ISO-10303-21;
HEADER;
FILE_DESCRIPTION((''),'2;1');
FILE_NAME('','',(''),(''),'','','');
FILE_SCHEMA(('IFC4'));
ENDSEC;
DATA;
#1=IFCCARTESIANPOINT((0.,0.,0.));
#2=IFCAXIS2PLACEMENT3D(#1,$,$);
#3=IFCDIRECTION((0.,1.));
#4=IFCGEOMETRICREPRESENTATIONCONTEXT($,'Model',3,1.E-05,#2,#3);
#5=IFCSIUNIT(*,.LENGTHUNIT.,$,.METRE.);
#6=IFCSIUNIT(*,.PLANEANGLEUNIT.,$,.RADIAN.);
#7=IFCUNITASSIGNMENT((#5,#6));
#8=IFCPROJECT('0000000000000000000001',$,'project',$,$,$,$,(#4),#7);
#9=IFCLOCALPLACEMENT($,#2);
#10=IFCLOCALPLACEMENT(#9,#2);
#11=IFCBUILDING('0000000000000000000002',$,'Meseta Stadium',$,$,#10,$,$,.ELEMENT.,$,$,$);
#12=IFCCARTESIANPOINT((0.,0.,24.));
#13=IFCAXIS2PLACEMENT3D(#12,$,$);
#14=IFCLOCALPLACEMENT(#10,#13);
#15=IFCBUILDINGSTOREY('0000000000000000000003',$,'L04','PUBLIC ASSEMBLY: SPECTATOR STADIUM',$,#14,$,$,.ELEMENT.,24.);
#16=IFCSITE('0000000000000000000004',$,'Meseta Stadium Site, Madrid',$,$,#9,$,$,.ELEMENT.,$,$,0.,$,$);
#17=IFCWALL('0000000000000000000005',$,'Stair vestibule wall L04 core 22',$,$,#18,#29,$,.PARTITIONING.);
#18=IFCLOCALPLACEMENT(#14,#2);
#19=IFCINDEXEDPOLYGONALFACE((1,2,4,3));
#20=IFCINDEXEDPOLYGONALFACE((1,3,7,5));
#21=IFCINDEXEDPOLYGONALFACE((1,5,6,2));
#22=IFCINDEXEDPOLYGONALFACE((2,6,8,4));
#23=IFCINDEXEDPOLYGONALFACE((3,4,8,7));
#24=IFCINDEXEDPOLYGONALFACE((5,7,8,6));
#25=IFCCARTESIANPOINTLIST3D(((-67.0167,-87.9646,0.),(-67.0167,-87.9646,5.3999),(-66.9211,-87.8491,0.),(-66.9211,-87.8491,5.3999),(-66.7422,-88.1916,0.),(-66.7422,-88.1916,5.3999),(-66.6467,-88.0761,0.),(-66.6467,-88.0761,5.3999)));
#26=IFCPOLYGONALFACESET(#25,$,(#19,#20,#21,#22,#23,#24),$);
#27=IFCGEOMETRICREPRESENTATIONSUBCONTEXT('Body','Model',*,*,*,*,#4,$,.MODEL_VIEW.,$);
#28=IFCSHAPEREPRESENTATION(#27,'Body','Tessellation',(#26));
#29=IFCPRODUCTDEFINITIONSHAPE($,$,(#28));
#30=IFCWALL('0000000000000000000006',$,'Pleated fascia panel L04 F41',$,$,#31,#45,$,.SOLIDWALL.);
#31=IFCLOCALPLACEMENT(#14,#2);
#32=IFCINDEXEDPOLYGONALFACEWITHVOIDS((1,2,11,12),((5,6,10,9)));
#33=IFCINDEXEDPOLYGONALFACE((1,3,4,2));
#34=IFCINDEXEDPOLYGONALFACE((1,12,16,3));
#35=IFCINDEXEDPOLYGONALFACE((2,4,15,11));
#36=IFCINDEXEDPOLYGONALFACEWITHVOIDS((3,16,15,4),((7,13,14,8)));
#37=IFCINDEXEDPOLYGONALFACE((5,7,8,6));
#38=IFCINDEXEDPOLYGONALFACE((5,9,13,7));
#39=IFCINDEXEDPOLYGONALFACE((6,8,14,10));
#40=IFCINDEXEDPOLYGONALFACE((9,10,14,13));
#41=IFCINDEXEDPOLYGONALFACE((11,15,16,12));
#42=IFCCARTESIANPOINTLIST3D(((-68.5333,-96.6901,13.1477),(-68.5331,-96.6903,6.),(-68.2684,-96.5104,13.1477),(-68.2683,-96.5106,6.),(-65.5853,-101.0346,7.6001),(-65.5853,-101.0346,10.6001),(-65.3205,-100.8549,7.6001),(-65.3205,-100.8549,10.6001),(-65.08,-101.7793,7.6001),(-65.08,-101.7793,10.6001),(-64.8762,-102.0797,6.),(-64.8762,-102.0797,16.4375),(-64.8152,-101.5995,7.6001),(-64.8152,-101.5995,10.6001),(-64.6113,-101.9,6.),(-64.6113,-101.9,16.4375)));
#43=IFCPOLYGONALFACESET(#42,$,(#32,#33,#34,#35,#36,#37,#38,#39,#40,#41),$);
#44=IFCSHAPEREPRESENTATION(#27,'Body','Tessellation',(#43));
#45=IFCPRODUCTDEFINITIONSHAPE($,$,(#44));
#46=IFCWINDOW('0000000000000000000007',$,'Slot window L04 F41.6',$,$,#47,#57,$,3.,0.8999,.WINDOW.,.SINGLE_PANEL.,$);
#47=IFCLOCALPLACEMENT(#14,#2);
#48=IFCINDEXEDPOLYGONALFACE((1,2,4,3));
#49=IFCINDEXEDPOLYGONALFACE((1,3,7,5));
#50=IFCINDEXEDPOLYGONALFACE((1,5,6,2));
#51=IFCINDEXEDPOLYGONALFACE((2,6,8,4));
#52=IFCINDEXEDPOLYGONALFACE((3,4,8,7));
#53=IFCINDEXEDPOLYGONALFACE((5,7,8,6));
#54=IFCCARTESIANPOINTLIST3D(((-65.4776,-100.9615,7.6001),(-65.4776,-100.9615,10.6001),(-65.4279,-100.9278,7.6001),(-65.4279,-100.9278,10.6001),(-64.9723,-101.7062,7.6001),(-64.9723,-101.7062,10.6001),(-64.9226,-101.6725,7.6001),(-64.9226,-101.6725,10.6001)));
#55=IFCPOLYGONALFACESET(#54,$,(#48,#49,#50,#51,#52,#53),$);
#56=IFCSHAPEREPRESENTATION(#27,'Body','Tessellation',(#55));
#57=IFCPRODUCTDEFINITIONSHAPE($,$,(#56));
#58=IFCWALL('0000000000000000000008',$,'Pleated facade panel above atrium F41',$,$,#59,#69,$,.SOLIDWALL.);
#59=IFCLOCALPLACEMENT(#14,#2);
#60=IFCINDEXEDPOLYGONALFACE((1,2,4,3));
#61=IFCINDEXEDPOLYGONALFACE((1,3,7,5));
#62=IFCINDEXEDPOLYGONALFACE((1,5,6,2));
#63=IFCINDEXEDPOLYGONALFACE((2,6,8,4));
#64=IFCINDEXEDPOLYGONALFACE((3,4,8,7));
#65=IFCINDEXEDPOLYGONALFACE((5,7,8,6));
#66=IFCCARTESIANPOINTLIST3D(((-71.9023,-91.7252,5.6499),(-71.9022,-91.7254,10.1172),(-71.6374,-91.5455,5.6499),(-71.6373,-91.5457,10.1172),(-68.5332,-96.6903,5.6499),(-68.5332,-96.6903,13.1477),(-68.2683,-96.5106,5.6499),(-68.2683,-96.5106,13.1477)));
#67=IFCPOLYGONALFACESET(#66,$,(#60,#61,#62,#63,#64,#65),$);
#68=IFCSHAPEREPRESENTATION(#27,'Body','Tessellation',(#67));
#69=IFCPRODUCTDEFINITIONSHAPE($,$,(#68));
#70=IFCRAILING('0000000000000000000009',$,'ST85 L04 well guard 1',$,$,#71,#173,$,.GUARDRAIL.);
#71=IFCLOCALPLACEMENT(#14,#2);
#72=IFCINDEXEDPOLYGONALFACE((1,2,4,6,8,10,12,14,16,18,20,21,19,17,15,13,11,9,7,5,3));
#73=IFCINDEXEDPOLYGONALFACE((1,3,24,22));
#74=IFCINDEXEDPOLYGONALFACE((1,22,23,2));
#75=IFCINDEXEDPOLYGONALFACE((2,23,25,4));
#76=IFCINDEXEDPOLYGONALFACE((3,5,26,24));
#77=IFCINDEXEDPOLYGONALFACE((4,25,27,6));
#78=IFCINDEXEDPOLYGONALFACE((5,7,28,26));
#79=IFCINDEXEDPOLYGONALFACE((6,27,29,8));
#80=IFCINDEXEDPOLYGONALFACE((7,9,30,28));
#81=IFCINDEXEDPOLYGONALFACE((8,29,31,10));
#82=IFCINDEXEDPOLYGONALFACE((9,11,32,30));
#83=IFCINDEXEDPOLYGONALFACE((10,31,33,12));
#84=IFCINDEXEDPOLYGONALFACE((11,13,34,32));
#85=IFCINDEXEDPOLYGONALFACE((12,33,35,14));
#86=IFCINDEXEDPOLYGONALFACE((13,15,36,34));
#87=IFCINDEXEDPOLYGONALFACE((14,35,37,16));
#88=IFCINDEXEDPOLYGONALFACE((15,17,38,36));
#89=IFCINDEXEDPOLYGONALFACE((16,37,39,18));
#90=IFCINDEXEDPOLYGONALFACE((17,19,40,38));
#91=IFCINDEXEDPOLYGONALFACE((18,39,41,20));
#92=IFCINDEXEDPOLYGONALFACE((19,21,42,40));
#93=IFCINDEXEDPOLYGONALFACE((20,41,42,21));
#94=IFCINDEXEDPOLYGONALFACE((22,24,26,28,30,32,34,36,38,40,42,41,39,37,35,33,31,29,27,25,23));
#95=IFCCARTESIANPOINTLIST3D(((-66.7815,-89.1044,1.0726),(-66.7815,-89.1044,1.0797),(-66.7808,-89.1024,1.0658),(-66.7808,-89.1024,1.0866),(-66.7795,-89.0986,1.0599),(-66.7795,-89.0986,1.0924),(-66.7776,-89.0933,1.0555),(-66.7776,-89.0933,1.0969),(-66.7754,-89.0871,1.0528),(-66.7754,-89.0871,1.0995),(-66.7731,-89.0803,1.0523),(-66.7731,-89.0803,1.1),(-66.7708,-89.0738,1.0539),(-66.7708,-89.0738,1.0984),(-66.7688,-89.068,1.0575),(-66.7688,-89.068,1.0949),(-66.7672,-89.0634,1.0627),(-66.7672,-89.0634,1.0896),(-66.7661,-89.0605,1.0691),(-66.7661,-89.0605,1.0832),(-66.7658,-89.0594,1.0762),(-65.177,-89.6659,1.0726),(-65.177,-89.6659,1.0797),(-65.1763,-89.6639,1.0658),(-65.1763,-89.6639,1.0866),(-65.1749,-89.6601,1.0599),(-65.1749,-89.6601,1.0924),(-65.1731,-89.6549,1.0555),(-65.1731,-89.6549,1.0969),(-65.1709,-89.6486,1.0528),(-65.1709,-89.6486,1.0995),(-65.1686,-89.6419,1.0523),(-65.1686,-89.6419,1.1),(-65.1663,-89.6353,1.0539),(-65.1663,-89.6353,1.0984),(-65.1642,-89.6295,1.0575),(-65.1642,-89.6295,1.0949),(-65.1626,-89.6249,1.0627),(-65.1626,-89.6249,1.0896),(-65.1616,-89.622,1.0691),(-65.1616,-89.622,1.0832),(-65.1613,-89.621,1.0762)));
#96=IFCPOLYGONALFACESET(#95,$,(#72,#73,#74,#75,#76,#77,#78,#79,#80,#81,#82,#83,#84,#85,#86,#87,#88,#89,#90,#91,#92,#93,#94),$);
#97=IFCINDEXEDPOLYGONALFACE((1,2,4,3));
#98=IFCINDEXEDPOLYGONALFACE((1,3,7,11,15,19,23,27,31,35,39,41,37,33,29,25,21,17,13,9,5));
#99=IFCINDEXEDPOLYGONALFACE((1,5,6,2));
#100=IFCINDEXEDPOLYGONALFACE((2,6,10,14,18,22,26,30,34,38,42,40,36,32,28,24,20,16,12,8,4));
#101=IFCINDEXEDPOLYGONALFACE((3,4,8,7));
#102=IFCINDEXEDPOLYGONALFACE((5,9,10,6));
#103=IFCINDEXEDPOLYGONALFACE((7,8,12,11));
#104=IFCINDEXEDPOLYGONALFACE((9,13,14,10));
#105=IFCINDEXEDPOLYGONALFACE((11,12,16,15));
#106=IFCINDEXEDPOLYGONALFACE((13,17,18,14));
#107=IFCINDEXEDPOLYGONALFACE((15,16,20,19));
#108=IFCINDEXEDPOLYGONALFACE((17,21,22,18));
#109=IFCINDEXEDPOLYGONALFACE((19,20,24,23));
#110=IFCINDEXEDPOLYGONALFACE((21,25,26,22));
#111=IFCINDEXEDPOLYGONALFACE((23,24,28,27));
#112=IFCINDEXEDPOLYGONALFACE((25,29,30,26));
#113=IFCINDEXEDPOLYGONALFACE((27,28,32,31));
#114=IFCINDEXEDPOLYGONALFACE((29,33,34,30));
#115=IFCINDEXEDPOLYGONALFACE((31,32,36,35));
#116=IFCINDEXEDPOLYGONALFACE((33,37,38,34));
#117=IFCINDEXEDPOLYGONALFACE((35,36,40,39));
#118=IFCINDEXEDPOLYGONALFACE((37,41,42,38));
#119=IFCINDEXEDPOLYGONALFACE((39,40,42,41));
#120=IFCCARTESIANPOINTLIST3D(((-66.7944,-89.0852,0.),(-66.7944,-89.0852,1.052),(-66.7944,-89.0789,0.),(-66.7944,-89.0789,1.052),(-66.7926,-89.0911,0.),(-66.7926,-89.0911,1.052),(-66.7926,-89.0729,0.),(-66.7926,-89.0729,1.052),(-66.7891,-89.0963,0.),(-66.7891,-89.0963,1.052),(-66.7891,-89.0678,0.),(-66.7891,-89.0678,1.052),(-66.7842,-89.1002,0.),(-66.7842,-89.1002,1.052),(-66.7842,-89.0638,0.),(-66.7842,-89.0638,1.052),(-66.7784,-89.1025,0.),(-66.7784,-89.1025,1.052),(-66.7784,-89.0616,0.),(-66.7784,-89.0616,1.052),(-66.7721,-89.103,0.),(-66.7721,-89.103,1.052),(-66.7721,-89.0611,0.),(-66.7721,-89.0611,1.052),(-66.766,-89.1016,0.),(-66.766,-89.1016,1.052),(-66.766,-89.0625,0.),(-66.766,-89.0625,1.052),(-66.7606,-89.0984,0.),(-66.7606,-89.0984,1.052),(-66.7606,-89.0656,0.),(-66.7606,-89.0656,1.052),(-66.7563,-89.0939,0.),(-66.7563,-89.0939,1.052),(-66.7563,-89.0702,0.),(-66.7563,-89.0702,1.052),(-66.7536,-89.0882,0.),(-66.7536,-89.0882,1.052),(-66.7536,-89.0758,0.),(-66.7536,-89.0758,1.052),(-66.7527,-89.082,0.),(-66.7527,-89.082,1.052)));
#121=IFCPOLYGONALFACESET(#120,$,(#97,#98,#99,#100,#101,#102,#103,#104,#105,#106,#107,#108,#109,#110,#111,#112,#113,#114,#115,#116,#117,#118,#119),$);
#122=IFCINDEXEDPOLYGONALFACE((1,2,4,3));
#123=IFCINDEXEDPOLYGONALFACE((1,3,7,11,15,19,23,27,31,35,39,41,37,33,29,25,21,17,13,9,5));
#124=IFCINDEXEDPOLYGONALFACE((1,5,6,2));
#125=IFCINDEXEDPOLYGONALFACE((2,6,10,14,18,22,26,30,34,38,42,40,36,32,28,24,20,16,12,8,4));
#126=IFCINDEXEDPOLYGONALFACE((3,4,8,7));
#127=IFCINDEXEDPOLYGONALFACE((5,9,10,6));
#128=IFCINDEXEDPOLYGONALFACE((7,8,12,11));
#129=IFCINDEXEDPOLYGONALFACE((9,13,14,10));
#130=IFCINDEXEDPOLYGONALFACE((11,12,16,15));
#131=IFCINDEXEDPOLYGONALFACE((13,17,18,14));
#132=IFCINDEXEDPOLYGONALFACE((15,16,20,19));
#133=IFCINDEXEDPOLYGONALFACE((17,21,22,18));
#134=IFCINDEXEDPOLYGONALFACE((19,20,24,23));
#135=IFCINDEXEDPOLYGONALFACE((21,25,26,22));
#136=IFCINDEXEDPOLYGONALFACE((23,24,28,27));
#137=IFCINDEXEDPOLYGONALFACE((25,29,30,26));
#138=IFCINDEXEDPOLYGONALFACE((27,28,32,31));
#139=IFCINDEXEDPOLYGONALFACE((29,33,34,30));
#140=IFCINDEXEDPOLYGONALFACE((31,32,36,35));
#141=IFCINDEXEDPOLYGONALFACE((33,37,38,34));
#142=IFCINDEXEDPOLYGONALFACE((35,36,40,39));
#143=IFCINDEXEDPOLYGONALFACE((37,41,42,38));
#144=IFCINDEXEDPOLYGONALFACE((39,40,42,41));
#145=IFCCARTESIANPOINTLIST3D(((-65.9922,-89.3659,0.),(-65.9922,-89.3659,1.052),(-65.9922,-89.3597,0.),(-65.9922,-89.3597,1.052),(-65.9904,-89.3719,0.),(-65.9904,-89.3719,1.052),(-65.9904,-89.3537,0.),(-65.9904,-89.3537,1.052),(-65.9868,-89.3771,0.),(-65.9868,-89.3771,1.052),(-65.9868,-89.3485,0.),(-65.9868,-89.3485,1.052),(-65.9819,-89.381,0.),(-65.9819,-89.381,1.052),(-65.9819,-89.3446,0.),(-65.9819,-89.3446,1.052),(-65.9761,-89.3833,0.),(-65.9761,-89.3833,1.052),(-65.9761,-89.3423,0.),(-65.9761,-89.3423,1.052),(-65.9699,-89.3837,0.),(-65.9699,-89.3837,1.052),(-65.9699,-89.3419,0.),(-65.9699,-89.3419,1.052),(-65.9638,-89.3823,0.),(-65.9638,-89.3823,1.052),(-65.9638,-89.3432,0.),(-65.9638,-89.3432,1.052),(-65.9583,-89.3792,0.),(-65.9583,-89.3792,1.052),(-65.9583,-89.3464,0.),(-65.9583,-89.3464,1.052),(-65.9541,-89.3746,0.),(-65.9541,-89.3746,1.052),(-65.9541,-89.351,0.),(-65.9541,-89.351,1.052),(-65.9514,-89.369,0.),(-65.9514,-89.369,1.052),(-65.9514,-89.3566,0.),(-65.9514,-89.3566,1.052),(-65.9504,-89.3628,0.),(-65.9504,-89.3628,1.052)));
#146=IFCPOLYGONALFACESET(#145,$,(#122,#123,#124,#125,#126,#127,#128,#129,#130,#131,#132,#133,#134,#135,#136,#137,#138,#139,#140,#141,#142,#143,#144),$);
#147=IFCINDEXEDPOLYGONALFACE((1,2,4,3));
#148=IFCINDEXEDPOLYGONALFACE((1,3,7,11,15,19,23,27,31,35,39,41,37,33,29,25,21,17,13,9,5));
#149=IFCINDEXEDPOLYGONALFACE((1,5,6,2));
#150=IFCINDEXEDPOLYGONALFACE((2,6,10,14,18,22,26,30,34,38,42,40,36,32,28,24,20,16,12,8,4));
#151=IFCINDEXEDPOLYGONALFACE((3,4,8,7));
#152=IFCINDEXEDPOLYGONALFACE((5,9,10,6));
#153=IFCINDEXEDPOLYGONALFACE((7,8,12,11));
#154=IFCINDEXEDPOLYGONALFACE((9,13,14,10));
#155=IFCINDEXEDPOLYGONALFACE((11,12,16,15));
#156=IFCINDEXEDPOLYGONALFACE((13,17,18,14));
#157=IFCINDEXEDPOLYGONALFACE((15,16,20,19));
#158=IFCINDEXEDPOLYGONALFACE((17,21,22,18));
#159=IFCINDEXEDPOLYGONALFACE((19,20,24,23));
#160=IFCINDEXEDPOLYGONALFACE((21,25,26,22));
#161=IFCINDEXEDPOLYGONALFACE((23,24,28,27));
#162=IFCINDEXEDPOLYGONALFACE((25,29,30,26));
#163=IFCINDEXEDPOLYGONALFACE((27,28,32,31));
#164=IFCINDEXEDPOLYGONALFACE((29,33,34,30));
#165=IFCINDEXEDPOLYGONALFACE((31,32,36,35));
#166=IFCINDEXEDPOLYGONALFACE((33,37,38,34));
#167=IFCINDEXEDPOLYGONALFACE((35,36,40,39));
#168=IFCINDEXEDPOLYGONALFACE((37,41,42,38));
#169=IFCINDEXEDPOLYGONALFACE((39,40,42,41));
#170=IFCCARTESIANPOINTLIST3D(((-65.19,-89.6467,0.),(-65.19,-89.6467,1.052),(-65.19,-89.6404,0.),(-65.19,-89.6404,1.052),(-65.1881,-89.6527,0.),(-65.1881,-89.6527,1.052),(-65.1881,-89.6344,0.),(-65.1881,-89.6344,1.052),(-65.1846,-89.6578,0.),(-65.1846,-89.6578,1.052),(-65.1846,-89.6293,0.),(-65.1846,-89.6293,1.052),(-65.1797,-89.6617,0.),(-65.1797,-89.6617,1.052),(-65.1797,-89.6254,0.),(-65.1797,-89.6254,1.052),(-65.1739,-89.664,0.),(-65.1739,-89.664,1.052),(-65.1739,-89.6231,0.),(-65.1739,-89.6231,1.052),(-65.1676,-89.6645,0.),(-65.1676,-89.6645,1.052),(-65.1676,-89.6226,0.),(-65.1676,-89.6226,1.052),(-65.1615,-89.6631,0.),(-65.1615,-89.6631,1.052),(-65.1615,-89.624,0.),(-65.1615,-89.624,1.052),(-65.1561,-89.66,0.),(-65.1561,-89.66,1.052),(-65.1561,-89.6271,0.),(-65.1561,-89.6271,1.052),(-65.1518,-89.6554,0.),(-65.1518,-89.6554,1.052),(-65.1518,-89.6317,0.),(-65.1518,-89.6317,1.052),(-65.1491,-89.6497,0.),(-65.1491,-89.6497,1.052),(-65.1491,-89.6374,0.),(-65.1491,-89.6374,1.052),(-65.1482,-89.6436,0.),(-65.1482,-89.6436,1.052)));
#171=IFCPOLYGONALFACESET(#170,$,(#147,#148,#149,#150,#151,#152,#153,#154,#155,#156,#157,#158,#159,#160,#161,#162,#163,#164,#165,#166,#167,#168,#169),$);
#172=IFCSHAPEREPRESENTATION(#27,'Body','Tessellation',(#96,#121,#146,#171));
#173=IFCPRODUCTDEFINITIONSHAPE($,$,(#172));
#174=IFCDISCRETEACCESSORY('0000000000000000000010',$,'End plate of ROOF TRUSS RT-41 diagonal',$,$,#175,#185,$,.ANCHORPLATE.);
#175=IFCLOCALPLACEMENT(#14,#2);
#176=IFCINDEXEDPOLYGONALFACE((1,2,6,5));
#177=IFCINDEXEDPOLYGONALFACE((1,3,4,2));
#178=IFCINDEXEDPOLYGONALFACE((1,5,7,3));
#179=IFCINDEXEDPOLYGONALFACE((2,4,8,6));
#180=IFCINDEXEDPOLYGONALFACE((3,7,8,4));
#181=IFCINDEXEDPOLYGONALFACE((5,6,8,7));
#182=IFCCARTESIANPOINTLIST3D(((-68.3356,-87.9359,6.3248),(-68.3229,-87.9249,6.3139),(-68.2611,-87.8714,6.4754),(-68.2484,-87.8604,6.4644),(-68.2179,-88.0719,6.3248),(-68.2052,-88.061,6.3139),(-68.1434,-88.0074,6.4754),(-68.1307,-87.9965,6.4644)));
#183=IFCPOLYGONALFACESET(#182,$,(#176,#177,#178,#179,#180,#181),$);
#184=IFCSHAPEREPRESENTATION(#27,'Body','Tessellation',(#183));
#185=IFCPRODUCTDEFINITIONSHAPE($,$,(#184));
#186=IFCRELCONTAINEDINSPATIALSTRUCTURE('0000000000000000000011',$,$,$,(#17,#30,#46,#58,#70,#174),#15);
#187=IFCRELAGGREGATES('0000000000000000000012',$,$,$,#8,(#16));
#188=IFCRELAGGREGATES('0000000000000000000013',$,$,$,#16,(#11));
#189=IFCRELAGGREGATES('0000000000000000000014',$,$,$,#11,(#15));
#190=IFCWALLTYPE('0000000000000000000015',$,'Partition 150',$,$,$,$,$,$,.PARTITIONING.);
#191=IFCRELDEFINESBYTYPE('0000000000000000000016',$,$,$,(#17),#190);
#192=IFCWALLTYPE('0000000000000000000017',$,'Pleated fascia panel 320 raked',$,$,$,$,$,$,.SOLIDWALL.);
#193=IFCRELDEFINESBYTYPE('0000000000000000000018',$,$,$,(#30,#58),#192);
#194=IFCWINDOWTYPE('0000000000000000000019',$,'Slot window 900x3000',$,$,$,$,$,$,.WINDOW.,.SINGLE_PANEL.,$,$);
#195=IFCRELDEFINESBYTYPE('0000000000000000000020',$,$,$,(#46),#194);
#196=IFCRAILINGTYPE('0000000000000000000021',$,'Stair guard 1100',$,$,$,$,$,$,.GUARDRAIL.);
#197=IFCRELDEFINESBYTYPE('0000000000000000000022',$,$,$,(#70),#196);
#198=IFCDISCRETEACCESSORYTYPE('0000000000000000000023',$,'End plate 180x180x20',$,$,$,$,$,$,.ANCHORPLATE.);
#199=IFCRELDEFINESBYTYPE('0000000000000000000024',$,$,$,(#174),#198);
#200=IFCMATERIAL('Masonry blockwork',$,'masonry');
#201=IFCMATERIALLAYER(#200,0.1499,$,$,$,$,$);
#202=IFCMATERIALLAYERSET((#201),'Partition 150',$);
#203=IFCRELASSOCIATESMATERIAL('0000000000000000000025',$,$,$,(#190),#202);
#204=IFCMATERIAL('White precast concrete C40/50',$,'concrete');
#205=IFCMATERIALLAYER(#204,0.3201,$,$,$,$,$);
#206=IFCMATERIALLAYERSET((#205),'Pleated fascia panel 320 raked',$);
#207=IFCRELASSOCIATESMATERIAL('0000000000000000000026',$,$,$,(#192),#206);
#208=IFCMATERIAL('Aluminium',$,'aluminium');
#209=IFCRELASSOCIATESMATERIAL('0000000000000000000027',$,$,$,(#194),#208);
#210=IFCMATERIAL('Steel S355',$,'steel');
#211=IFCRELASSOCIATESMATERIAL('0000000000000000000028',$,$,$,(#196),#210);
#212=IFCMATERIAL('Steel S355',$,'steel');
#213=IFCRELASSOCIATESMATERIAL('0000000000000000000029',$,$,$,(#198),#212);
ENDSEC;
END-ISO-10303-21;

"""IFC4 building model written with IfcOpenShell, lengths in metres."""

from ifc_helpers import new_model, si_unit, direction, frame, frame_2d, origin, origin_2d, place, context, subcontext, project, spatial, polyline, rectangle, circle, outline, extrude, material, layer, layer_set, material_profile, profile_set, type_object, element, fill, save


model = new_model("IFC4")

# Units and contexts
model_context = context("Model", 3, precision=1e-05, world=origin(), true_north=direction((0.0, 1.0)))
body_context = subcontext(model_context, "Body", "Model", "MODEL_VIEW")
ifc_project = project(units=[si_unit("LENGTHUNIT", "METRE"), si_unit("PLANEANGLEUNIT", "RADIAN")], contexts=[model_context])

# Site, building, storey
site_placement = place(None, origin())
site = spatial("IfcSite", under=ifc_project, at=site_placement, Name="Meseta Stadium Site, Madrid", CompositionType="ELEMENT", RefElevation=0.0)
building_placement = place(site_placement, origin())
building = spatial("IfcBuilding", under=site, at=building_placement, Name="Meseta Stadium", CompositionType="ELEMENT")
storey_placement = place(building_placement, frame((0.0, 0.0, 24.0)))
storey = spatial("IfcBuildingStorey", under=building, at=storey_placement, Name="L04", Description="PUBLIC ASSEMBLY: SPECTATOR STADIUM", CompositionType="ELEMENT", Elevation=24.0)

# Wall
ifc_material_1 = material(Name="Masonry blockwork", Category="masonry")
ifc_layer_1 = layer(ifc_material_1, 0.1499)
ifc_layer_set_1 = layer_set([ifc_layer_1], Name="Partition 150")
wall_type_1 = type_object("IfcWallType", Name="Partition 150", PredefinedType="PARTITIONING", material=ifc_layer_set_1)
wall_1_placement = place(storey_placement, frame((-66.969, -87.9067, 0.0), z_axis=(0.0, 0.0, 1.0), x_axis=(0.770464, -0.637484, 0.0)))
element("IfcWall", 1, at=wall_1_placement, inside=storey, type_object=wall_type_1, Name="Stair vestibule wall L04 core 22", PredefinedType="PARTITIONING", context=body_context, shape_type="SweptSolid", body=[
    extrude(rectangle(XDim=0.3562, YDim=0.1499, at=frame_2d((0.1782, 0.0))), origin(), (0.0, 0.0, 1.0), 5.3999),
])

# Wall, opening, window
ifc_material_2 = material(Name="White precast concrete C40/50", Category="concrete")
ifc_layer_2 = layer(ifc_material_2, 0.3201)
ifc_layer_set_2 = layer_set([ifc_layer_2], Name="Pleated fascia panel 320 raked")
wall_type_2 = type_object("IfcWallType", Name="Pleated fascia panel 320 raked", PredefinedType="SOLIDWALL", material=ifc_layer_set_2)
wall_2_placement = place(storey_placement, frame((-64.7437, -101.9897, 6.0), z_axis=(0.0, 0.0, 1.0), x_axis=(-0.56149, 0.827484, 0.0)))
wall_2 = element("IfcWall", 2, at=wall_2_placement, inside=storey, type_object=wall_type_2, Name="Pleated fascia panel L04 F41", PredefinedType="SOLIDWALL", context=body_context, shape_type="SweptSolid", body=[
    extrude(outline(polyline([(0.0, 0.0), (6.5129, 0.0), (6.5132, 7.1477), (0.0, 10.4375), (0.0, 0.0)])), frame((0.0, 0.1602, 0.0), z_axis=(0.0, -1.0, 0.0), x_axis=(1.0, 0.0, 0.0)), (0.0, 0.0, 1.0), 0.3201),
])
opening_1_placement = place(wall_2_placement, frame((0.363, 0.0, 1.6001)))
opening_1 = element("IfcOpeningElement", 3, at=opening_1_placement, cuts=wall_2, PredefinedType="OPENING", context=body_context, shape_type="SweptSolid", body=[
    extrude(rectangle(XDim=0.8999, YDim=3.0, at=frame_2d((0.45, 1.5))), frame((0.0, 0.1699, 0.0), z_axis=(0.0, -1.0, 0.0), x_axis=(1.0, 0.0, 0.0)), (0.0, 0.0, 1.0), 0.3401),
])
ifc_material_3 = material(Name="Aluminium", Category="aluminium")
window_type = type_object("IfcWindowType", Name="Slot window 900x3000", PartitioningType="SINGLE_PANEL", PredefinedType="WINDOW", material=ifc_material_3)
window_placement = place(opening_1_placement, origin())
window = element("IfcWindow", 4, at=window_placement, inside=storey, type_object=window_type, Name="Slot window L04 F41.6", OverallHeight=3.0, OverallWidth=0.8999, PartitioningType="SINGLE_PANEL", PredefinedType="WINDOW", context=body_context, shape_type="SweptSolid", body=[
    extrude(rectangle(XDim=0.8999, YDim=3.0, at=frame_2d((0.45, 1.5))), frame((0.0, 0.03, 0.0), z_axis=(0.0, -1.0, 0.0), x_axis=(1.0, 0.0, 0.0)), (0.0, 0.0, 1.0), 0.0601),
])
fill(opening_1, window)

# Wall
wall_3_placement = place(storey_placement, frame((-68.4006, -96.6003, 5.6499), z_axis=(0.0, 0.0, 1.0), x_axis=(-0.561498, 0.827478, 0.0)))
element("IfcWall", 5, at=wall_3_placement, inside=storey, type_object=wall_type_2, Name="Pleated facade panel above atrium F41", PredefinedType="SOLIDWALL", context=body_context, shape_type="SweptSolid", body=[
    extrude(outline(polyline([(0.0, 0.0), (6.0002, 0.0), (6.0, 4.4673), (0.0, 7.4978), (0.0, 0.0)])), frame((0.0, 0.1602, 0.0), z_axis=(0.0, -1.0, 0.0), x_axis=(1.0, 0.0, 0.0)), (0.0, 0.0, 1.0), 0.3201),
])

# Railing
ifc_material_4 = material(Name="Steel S355", Category="steel")
railing_type = type_object("IfcRailingType", Name="Stair guard 1100", PredefinedType="GUARDRAIL", material=ifc_material_4)
railing_placement = place(storey_placement, frame((-66.7737, -89.082, 0.0)))
element("IfcRailing", 6, at=railing_placement, inside=storey, type_object=railing_type, Name="ST85 L04 well guard 1", PredefinedType="GUARDRAIL", context=body_context, shape_type="SweptSolid", body=[
    extrude(circle(Radius=0.0239, at=origin_2d()), frame((0.0, 0.0, 1.0762), z_axis=(0.943867, -0.330325, 0.0), x_axis=(0.330325, 0.943867, 0.0)), (0.0, 0.0, 1.0), 1.7),
    extrude(circle(Radius=0.021, at=origin_2d()), origin(), (0.0, 0.0, 1.0), 1.052),
    extrude(circle(Radius=0.021, at=origin_2d()), frame((0.8022, -0.2808, 0.0)), (0.0, 0.0, 1.0), 1.052),
    extrude(circle(Radius=0.021, at=origin_2d()), frame((1.6045, -0.5615, 0.0)), (0.0, 0.0, 1.0), 1.052),
])

# Discrete accessory
ifc_material_5 = material(Name="Steel S355", Category="steel")
ifc_material_profile_1 = material_profile(ifc_material_5, rectangle(XDim=0.1799, YDim=0.1799, at=origin_2d()), Name="PL 180x180")
ifc_profile_set_1 = profile_set([ifc_material_profile_1], Name="Steel S355")
discrete_accessory_type_1 = type_object("IfcDiscreteAccessoryType", Name="End plate 180x180x20", PredefinedType="ANCHORPLATE", material=ifc_profile_set_1)
discrete_accessory_1_placement = place(storey_placement, frame((-68.2268, -87.9607, 6.3892), z_axis=(-0.632736, -0.54756, 0.54756), x_axis=(0.654377, -0.756169, 0.0)))
element("IfcDiscreteAccessory", 7, at=discrete_accessory_1_placement, inside=storey, type_object=discrete_accessory_type_1, Name="End plate of ROOF TRUSS RT-41 diagonal", PredefinedType="ANCHORPLATE", context=body_context, shape_type="SweptSolid", body=[
    extrude(rectangle(XDim=0.1799, YDim=0.1799, at=origin_2d()), origin(), (0.0, 0.0, 1.0), 0.02),
])

save(model, "model.ifc")
